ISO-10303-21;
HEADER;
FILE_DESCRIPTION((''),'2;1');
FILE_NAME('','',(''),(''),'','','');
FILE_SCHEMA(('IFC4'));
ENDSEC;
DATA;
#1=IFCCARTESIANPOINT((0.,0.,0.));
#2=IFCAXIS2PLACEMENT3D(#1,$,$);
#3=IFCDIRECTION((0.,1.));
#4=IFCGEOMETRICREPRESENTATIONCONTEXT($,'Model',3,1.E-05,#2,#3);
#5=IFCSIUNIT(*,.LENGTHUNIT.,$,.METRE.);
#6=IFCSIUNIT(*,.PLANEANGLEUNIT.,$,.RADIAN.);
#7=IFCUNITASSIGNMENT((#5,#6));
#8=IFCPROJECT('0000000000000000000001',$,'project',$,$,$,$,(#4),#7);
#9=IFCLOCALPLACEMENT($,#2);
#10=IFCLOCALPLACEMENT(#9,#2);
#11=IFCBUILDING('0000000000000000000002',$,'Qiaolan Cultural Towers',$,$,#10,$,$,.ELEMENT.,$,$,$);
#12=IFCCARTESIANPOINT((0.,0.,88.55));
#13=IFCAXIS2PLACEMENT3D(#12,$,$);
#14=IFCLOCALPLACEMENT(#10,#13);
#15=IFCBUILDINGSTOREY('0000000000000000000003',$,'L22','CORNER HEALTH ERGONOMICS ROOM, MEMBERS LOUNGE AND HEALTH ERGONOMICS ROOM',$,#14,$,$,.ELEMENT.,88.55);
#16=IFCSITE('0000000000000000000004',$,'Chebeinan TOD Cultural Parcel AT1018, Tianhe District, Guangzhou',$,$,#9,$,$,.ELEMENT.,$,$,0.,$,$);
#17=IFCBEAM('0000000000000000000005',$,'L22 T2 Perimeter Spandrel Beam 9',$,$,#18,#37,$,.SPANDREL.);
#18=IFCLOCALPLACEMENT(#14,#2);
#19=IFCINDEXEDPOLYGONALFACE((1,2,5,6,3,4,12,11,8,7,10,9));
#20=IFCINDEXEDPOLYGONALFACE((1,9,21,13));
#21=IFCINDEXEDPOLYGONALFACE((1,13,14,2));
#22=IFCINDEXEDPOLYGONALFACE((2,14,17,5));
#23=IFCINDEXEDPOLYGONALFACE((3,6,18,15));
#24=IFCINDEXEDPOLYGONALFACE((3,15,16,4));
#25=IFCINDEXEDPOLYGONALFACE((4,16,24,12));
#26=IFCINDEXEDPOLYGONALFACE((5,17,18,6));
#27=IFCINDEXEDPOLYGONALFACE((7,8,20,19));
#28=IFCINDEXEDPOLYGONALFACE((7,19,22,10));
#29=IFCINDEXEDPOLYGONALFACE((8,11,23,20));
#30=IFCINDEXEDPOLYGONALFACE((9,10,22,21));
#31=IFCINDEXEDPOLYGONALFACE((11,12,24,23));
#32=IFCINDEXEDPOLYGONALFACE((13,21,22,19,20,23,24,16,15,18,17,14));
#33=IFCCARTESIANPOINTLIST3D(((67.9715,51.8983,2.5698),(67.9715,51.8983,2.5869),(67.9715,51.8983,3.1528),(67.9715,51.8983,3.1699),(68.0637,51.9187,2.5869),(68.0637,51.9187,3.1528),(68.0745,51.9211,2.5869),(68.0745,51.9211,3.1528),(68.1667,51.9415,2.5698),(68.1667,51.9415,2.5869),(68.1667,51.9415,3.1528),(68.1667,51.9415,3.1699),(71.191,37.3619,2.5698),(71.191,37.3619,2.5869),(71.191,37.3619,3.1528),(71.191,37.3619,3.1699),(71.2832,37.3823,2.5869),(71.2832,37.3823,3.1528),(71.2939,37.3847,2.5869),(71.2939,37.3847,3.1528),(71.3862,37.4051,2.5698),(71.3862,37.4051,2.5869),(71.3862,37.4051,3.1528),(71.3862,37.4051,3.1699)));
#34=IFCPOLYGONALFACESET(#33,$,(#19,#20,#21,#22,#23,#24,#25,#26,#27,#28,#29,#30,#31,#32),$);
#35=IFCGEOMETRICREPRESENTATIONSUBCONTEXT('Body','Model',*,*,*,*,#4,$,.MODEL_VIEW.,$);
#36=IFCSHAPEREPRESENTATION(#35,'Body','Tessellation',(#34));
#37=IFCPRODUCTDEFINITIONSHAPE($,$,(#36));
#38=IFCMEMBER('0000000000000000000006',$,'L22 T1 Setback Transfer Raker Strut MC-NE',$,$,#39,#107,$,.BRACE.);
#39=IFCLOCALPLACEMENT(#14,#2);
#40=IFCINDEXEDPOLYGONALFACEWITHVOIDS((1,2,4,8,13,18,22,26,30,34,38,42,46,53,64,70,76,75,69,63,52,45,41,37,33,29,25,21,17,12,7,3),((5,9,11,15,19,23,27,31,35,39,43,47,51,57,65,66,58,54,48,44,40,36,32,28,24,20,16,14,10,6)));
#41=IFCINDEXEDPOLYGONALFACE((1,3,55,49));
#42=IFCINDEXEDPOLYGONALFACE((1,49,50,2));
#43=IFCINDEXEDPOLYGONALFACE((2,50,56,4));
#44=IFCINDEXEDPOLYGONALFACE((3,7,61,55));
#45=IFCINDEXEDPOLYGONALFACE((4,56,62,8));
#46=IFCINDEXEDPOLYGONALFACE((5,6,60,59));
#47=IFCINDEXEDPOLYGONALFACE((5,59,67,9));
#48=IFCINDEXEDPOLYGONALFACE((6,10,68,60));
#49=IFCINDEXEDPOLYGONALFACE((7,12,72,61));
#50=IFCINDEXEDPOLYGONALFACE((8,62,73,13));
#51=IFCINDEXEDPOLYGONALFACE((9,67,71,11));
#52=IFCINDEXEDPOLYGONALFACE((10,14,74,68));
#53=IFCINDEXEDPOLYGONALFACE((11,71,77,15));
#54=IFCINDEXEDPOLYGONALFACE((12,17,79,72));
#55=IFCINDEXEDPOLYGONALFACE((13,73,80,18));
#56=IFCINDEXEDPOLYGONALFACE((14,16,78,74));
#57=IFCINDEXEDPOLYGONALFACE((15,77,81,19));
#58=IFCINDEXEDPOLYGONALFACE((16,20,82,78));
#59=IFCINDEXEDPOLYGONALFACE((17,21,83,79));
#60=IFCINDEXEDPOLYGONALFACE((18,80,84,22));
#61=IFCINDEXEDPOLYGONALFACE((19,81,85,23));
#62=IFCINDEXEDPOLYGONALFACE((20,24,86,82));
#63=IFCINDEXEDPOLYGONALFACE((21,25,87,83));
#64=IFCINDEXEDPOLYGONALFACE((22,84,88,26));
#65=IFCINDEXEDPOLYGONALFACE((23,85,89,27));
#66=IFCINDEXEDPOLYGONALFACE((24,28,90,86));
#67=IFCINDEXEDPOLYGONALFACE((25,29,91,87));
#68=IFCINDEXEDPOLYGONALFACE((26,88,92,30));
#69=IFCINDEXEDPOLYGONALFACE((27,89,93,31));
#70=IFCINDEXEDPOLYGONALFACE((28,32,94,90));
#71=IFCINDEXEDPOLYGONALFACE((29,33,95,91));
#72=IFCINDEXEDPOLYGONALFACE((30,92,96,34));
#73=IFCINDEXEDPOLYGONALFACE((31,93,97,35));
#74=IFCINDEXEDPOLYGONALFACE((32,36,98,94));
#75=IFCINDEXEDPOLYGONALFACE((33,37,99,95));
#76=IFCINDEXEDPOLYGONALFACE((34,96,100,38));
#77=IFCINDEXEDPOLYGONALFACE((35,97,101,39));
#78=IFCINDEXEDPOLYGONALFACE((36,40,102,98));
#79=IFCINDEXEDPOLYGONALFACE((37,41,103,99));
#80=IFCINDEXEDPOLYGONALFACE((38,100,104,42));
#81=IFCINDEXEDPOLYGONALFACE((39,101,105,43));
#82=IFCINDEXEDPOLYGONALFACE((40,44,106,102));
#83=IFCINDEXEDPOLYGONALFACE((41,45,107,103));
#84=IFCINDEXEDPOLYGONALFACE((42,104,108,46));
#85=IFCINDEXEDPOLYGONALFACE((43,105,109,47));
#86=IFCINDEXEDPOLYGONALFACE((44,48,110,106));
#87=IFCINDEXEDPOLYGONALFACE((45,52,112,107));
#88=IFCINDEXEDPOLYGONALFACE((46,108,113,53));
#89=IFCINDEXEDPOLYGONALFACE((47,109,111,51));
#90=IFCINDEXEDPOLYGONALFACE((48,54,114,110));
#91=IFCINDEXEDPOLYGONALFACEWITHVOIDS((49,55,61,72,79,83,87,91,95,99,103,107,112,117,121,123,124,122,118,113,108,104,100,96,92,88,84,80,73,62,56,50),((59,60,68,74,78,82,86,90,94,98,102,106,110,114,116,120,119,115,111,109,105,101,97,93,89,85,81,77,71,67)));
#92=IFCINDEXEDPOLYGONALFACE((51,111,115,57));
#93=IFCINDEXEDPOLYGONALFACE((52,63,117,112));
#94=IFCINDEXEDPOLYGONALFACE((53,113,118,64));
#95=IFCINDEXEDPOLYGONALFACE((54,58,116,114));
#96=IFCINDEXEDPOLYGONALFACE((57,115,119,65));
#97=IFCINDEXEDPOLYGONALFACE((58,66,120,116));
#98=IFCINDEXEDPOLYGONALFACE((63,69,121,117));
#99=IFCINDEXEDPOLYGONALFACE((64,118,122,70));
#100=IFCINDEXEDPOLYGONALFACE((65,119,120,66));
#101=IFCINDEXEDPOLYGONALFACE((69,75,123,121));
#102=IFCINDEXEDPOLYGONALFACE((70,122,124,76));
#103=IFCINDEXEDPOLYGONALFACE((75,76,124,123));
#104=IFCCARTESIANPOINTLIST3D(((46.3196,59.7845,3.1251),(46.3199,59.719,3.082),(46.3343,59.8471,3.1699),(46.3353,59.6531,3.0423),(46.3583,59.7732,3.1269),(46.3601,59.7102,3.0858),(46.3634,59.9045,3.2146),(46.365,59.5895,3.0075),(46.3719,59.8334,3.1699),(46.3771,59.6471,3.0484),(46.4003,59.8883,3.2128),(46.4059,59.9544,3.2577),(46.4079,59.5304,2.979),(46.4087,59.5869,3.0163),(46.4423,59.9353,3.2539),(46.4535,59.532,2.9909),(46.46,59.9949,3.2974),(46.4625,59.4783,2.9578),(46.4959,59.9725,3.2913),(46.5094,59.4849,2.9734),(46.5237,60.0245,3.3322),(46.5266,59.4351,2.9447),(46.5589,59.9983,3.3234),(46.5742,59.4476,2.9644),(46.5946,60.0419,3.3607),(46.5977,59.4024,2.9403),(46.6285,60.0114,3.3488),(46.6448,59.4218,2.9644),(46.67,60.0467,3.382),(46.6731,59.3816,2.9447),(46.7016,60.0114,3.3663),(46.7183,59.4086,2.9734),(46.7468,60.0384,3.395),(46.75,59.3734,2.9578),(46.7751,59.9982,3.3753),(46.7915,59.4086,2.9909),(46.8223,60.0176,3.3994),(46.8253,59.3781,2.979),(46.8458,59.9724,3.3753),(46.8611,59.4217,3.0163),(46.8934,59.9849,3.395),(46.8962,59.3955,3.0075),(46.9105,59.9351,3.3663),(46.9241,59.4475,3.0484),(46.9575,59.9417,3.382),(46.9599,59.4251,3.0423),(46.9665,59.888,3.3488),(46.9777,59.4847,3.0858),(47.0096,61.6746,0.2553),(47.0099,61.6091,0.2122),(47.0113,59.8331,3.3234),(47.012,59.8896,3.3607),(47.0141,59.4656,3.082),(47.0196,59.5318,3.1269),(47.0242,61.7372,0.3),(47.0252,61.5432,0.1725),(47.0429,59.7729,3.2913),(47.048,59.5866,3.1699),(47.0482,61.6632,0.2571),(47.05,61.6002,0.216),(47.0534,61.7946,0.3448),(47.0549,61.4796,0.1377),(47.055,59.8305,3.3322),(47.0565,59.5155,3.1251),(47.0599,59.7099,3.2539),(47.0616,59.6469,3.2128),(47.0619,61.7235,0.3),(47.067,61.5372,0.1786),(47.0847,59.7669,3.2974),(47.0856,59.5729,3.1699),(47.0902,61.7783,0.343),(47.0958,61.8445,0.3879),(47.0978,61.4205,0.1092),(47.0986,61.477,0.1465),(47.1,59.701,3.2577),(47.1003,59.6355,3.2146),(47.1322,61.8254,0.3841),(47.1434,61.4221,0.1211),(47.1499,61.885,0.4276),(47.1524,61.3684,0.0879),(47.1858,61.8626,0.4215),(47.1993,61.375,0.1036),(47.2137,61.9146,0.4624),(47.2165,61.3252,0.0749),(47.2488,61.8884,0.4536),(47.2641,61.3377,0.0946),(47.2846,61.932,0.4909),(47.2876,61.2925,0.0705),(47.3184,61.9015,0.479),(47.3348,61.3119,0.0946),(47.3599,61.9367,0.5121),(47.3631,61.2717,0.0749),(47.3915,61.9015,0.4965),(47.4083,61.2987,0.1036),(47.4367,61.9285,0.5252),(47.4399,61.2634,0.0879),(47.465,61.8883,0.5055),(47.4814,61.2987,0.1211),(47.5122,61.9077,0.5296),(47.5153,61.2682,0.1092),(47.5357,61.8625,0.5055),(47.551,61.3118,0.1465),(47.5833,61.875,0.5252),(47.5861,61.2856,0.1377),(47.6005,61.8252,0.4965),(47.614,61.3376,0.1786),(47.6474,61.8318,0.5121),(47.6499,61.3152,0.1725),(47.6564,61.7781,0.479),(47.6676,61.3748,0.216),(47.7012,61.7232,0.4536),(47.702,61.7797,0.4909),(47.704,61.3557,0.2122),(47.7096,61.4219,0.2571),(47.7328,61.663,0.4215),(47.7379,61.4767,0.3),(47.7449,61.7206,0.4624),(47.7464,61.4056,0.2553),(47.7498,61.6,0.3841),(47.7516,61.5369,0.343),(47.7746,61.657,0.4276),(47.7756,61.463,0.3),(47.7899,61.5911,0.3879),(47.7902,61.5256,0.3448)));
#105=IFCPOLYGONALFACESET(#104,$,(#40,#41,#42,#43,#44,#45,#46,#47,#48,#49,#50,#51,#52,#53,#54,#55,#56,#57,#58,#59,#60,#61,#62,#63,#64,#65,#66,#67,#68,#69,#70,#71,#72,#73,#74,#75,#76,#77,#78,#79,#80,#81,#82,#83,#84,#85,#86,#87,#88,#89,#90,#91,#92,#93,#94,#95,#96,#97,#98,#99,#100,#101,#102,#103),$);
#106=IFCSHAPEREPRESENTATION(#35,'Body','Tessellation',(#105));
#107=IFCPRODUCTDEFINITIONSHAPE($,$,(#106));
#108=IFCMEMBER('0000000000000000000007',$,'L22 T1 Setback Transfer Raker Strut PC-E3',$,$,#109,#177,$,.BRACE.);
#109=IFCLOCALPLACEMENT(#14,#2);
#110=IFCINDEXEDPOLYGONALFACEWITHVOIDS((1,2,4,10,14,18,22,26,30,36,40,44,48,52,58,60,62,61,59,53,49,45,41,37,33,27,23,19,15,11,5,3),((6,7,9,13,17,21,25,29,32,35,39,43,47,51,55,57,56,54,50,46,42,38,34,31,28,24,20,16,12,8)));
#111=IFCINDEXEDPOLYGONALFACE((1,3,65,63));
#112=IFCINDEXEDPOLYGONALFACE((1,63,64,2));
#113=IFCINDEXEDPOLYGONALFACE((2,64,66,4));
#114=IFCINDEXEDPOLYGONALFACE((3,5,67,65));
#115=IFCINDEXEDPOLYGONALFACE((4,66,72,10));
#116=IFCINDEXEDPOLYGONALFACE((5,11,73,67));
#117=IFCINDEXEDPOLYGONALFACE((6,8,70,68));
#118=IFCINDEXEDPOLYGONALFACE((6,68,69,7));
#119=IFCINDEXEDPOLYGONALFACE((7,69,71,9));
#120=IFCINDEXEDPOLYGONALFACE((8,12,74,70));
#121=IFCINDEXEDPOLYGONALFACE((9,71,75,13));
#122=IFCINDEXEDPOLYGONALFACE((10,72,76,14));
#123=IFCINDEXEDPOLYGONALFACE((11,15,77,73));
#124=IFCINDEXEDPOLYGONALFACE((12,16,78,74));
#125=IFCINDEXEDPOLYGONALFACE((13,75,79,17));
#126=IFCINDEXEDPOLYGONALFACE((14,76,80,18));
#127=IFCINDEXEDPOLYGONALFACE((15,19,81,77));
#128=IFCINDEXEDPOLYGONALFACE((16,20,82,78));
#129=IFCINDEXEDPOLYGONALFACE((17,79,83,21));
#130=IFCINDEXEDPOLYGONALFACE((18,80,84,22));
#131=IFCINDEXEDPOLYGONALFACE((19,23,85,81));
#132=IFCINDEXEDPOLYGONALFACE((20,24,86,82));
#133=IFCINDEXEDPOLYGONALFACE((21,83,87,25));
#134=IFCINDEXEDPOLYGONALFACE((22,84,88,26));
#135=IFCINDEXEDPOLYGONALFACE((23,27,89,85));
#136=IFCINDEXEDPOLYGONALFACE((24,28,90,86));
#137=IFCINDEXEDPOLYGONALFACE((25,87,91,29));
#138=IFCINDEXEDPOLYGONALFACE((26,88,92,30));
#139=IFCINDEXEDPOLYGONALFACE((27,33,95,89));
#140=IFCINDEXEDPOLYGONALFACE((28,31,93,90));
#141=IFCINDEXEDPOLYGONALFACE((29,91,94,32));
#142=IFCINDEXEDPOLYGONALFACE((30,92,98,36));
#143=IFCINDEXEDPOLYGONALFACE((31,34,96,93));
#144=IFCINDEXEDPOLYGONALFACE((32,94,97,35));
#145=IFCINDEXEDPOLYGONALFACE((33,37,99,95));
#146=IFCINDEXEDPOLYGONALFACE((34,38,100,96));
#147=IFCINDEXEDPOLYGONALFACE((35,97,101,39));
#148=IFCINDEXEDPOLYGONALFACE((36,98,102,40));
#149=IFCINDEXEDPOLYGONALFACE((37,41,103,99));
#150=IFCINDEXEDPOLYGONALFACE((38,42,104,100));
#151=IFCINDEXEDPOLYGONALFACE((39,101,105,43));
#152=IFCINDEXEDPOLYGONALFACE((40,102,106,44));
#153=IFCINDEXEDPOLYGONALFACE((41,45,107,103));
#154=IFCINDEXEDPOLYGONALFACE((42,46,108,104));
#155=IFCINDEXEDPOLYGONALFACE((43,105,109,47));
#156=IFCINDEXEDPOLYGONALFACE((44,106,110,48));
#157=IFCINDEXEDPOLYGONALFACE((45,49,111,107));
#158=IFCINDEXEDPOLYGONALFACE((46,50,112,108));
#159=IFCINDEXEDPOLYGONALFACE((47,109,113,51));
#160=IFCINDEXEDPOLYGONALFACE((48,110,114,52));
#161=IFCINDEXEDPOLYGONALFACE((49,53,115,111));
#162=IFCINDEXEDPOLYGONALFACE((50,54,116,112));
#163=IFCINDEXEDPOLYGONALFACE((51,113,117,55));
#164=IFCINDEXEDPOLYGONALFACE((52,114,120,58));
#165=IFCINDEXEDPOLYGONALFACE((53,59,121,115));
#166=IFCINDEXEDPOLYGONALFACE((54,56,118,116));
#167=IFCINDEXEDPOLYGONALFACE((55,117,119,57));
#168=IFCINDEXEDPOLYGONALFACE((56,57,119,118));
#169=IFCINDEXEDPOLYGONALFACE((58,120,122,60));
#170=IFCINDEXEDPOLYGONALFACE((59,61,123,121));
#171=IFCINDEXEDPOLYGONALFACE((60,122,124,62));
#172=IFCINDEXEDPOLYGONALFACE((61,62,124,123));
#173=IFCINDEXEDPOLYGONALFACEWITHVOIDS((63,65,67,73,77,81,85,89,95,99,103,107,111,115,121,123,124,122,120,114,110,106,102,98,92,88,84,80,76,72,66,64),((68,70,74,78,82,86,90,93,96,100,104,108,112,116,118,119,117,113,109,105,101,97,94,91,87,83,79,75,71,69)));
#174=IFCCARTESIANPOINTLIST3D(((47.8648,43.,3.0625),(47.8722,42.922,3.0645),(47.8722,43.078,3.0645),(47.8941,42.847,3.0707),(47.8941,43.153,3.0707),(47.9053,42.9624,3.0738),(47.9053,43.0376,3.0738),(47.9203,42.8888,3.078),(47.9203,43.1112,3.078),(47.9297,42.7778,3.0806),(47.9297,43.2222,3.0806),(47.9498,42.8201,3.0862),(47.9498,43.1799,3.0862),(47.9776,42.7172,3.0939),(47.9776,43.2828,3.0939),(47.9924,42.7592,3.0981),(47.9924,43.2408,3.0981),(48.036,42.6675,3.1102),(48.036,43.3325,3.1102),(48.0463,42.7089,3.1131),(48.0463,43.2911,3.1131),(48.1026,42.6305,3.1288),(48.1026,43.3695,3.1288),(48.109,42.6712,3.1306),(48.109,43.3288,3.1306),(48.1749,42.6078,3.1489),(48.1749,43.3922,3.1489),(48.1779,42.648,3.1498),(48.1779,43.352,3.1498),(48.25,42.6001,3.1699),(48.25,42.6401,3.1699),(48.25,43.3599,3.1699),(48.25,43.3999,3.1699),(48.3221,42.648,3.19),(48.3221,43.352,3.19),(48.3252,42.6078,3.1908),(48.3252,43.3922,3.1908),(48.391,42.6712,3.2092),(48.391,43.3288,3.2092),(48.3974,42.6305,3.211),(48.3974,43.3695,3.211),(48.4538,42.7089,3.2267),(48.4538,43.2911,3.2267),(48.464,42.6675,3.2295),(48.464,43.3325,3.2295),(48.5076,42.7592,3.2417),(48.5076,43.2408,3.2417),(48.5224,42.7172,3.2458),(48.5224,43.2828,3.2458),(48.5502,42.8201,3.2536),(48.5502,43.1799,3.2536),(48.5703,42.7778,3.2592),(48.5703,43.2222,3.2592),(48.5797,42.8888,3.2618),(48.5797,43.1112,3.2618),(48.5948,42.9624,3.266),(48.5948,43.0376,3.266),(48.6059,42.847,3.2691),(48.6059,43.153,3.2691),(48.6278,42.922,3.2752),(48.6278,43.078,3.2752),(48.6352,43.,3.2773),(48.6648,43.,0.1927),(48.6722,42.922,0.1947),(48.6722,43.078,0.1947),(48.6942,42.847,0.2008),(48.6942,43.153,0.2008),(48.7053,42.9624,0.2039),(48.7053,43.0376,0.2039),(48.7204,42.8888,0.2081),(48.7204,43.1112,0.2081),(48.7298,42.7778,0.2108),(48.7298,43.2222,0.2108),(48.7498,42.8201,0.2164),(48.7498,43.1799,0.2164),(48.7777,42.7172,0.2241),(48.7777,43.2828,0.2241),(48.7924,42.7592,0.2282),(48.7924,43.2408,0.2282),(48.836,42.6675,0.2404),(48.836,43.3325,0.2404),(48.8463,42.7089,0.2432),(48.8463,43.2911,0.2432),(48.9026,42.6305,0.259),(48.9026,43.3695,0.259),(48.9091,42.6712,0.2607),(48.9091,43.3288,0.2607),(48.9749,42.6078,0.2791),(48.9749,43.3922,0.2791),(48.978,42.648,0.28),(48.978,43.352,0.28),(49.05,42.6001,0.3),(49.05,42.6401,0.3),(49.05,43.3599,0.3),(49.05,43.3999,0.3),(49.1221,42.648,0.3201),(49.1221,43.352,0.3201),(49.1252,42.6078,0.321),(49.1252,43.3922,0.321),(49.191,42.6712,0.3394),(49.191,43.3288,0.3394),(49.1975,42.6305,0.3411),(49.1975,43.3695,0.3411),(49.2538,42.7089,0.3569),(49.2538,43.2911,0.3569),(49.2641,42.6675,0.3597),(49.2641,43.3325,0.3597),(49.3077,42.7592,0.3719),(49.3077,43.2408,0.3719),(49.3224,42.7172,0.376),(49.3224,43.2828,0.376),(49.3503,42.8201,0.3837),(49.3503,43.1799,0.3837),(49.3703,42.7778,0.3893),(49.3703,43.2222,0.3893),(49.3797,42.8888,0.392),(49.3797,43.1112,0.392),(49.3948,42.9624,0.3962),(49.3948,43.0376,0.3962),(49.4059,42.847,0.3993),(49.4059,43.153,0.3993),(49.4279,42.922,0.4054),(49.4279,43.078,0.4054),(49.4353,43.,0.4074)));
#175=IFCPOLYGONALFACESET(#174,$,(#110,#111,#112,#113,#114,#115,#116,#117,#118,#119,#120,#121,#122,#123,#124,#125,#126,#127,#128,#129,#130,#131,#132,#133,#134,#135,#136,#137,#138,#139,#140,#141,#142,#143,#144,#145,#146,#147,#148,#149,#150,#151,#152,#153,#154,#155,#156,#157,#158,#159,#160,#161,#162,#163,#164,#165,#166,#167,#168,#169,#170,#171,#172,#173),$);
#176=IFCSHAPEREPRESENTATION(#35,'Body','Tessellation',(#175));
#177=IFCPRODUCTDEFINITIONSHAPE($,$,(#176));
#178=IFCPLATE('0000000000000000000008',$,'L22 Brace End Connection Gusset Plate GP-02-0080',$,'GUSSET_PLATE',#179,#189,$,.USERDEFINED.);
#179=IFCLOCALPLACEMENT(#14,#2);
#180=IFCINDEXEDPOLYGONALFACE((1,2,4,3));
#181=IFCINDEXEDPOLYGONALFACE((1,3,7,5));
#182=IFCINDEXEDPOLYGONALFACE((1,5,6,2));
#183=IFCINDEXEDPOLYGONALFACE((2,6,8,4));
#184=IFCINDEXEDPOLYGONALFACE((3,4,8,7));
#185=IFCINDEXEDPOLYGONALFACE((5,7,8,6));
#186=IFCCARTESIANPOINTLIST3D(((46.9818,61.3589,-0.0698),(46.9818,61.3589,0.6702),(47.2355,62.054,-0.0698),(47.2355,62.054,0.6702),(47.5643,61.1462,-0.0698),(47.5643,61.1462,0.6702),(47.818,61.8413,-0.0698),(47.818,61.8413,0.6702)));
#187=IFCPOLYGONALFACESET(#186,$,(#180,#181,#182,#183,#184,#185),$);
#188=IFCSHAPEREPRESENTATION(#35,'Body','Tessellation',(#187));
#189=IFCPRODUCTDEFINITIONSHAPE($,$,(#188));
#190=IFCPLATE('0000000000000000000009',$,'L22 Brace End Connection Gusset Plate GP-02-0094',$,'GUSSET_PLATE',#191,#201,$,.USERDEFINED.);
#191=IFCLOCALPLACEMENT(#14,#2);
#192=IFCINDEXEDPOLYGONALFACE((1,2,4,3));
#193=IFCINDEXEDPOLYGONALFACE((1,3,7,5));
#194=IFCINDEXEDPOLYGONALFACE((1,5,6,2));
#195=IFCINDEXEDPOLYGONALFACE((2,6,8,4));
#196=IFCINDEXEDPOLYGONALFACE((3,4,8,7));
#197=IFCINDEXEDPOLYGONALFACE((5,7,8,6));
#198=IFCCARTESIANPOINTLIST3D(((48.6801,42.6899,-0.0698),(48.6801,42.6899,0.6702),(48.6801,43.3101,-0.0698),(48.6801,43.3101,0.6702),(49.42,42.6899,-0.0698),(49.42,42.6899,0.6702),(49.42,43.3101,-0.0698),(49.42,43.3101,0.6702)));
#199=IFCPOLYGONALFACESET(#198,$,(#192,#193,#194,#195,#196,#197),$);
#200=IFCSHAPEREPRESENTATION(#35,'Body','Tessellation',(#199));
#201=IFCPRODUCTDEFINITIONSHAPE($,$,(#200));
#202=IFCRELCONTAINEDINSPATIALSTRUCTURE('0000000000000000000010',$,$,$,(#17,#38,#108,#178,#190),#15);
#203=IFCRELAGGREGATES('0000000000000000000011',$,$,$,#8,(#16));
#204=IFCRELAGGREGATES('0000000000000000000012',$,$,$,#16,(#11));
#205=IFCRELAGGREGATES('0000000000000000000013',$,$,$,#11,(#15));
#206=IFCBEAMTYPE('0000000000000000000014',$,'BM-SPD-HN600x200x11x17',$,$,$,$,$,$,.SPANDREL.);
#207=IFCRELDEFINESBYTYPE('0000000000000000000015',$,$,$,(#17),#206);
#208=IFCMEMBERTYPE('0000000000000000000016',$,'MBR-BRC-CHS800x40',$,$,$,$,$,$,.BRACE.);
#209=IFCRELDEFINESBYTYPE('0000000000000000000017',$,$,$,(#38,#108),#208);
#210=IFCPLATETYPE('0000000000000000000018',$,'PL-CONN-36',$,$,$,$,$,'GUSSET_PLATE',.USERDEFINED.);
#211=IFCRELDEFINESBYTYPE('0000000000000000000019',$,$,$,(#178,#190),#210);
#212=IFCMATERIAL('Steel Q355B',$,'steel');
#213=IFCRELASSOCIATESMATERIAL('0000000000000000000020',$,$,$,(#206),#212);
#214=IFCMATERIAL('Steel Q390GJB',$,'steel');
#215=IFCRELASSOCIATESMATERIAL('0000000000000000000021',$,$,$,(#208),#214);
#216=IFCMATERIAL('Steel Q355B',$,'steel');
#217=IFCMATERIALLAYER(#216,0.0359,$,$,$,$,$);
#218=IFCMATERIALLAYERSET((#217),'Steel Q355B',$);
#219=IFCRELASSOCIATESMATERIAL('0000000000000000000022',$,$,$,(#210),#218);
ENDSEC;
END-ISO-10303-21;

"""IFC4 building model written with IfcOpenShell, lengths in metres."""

from ifc_helpers import new_model, si_unit, direction, frame, origin, origin_2d, place, context, subcontext, project, spatial, rectangle, hollow_circle, i_section, extrude, material, layer, layer_set, material_profile, profile_set, type_object, element, save


model = new_model("IFC4")

# Units and contexts
model_context = context("Model", 3, precision=1e-05, world=origin(), true_north=direction((0.0, 1.0)))
body_context = subcontext(model_context, "Body", "Model", "MODEL_VIEW")
ifc_project = project(units=[si_unit("LENGTHUNIT", "METRE"), si_unit("PLANEANGLEUNIT", "RADIAN")], contexts=[model_context])

# Site, building, storey
site_placement = place(None, origin())
site = spatial("IfcSite", under=ifc_project, at=site_placement, Name="Chebeinan TOD Cultural Parcel AT1018, Tianhe District, Guangzhou", CompositionType="ELEMENT", RefElevation=0.0)
building_placement = place(site_placement, origin())
building = spatial("IfcBuilding", under=site, at=building_placement, Name="Qiaolan Cultural Towers", CompositionType="ELEMENT")
storey_placement = place(building_placement, frame((0.0, 0.0, 88.55)))
storey = spatial("IfcBuildingStorey", under=building, at=storey_placement, Name="L22", Description="CORNER HEALTH ERGONOMICS ROOM, MEMBERS LOUNGE AND HEALTH ERGONOMICS ROOM", CompositionType="ELEMENT", Elevation=88.55)

# Beam
ifc_material_1 = material(Name="Steel Q355B", Category="steel")
ifc_material_profile_1 = material_profile(ifc_material_1, i_section(OverallWidth=0.2, OverallDepth=0.6001, WebThickness=0.011, FlangeThickness=0.0171, at=origin_2d()), Name="HN600x200x11x17")
ifc_profile_set_1 = profile_set([ifc_material_profile_1], Name="Steel Q355B")
beam_type_1 = type_object("IfcBeamType", Name="BM-SPD-HN600x200x11x17", PredefinedType="SPANDREL", material=ifc_profile_set_1)
beam_1_placement = place(storey_placement, frame((68.0691, 51.9199, 2.8699), z_axis=(0.216238, -0.976341, 0.0), x_axis=(0.976341, 0.216238, 0.0)))
element("IfcBeam", 1, at=beam_1_placement, inside=storey, type_object=beam_type_1, Name="L22 T2 Perimeter Spandrel Beam 9", PredefinedType="SPANDREL", context=body_context, shape_type="SweptSolid", body=[
    extrude(i_section(OverallWidth=0.2, OverallDepth=0.6001, WebThickness=0.011, FlangeThickness=0.0171, at=origin_2d()), origin(), (0.0, 0.0, 1.0), 14.8887),
])

# Members
ifc_material_2 = material(Name="Steel Q390GJB", Category="steel")
ifc_material_profile_2 = material_profile(ifc_material_2, hollow_circle(Radius=0.3999, WallThickness=0.04, at=origin_2d()), Name="CHS800x40")
ifc_profile_set_2 = profile_set([ifc_material_profile_2], Name="Steel Q390GJB")
member_type = type_object("IfcMemberType", Name="MBR-BRC-CHS800x40", PredefinedType="BRACE", material=ifc_profile_set_2)
member_1_placement = place(storey_placement, frame((47.3999, 61.6001, 0.3), z_axis=(-0.196847, -0.539273, 0.818801), x_axis=(0.939375, -0.342892, 0.0)))
element("IfcMember", 2, at=member_1_placement, inside=storey, type_object=member_type, Name="L22 T1 Setback Transfer Raker Strut MC-NE", PredefinedType="BRACE", context=body_context, shape_type="SweptSolid", body=[
    extrude(hollow_circle(Radius=0.3999, WallThickness=0.04, at=origin_2d()), origin(), (0.0, 0.0, 1.0), 3.5049),
])
member_2_placement = place(storey_placement, frame((49.05, 43.0, 0.3), z_axis=(-0.268536, 0.0, 0.96327), x_axis=(0.0, -1.0, 0.0)))
element("IfcMember", 3, at=member_2_placement, inside=storey, type_object=member_type, Name="L22 T1 Setback Transfer Raker Strut PC-E3", PredefinedType="BRACE", context=body_context, shape_type="SweptSolid", body=[
    extrude(hollow_circle(Radius=0.3999, WallThickness=0.04, at=origin_2d()), origin(), (0.0, 0.0, 1.0), 2.9792),
])

# Plates
ifc_material_3 = material(Name="Steel Q355B", Category="steel")
ifc_layer_1 = layer(ifc_material_3, 0.0359)
ifc_layer_set_1 = layer_set([ifc_layer_1], Name="Steel Q355B")
plate_type_1 = type_object("IfcPlateType", Name="PL-CONN-36", ElementType="GUSSET_PLATE", PredefinedType="USERDEFINED", material=ifc_layer_set_1)
for number, where, z_axis, x_axis, name in (
    (4, (47.3999, 61.6001, -0.0698), (0.0, 0.0, 1.0), (0.34294, 0.939357, 0.0), "L22 Brace End Connection Gusset Plate GP-02-0080"),
    (5, (49.05, 43.0, -0.0698), (0.0, 0.0, 1.0), (1.0, 0.0, 0.0), "L22 Brace End Connection Gusset Plate GP-02-0094"),
):
    element("IfcPlate", number, at=place(storey_placement, frame(where, z_axis=z_axis, x_axis=x_axis)), inside=storey, type_object=plate_type_1, Name=name, ObjectType="GUSSET_PLATE", PredefinedType="USERDEFINED", context=body_context, shape_type="SweptSolid", body=[
        extrude(rectangle(XDim=0.74, YDim=0.6201, at=origin_2d()), origin(), (0.0, 0.0, 1.0), 0.74),
    ])

save(model, "model.ifc")
